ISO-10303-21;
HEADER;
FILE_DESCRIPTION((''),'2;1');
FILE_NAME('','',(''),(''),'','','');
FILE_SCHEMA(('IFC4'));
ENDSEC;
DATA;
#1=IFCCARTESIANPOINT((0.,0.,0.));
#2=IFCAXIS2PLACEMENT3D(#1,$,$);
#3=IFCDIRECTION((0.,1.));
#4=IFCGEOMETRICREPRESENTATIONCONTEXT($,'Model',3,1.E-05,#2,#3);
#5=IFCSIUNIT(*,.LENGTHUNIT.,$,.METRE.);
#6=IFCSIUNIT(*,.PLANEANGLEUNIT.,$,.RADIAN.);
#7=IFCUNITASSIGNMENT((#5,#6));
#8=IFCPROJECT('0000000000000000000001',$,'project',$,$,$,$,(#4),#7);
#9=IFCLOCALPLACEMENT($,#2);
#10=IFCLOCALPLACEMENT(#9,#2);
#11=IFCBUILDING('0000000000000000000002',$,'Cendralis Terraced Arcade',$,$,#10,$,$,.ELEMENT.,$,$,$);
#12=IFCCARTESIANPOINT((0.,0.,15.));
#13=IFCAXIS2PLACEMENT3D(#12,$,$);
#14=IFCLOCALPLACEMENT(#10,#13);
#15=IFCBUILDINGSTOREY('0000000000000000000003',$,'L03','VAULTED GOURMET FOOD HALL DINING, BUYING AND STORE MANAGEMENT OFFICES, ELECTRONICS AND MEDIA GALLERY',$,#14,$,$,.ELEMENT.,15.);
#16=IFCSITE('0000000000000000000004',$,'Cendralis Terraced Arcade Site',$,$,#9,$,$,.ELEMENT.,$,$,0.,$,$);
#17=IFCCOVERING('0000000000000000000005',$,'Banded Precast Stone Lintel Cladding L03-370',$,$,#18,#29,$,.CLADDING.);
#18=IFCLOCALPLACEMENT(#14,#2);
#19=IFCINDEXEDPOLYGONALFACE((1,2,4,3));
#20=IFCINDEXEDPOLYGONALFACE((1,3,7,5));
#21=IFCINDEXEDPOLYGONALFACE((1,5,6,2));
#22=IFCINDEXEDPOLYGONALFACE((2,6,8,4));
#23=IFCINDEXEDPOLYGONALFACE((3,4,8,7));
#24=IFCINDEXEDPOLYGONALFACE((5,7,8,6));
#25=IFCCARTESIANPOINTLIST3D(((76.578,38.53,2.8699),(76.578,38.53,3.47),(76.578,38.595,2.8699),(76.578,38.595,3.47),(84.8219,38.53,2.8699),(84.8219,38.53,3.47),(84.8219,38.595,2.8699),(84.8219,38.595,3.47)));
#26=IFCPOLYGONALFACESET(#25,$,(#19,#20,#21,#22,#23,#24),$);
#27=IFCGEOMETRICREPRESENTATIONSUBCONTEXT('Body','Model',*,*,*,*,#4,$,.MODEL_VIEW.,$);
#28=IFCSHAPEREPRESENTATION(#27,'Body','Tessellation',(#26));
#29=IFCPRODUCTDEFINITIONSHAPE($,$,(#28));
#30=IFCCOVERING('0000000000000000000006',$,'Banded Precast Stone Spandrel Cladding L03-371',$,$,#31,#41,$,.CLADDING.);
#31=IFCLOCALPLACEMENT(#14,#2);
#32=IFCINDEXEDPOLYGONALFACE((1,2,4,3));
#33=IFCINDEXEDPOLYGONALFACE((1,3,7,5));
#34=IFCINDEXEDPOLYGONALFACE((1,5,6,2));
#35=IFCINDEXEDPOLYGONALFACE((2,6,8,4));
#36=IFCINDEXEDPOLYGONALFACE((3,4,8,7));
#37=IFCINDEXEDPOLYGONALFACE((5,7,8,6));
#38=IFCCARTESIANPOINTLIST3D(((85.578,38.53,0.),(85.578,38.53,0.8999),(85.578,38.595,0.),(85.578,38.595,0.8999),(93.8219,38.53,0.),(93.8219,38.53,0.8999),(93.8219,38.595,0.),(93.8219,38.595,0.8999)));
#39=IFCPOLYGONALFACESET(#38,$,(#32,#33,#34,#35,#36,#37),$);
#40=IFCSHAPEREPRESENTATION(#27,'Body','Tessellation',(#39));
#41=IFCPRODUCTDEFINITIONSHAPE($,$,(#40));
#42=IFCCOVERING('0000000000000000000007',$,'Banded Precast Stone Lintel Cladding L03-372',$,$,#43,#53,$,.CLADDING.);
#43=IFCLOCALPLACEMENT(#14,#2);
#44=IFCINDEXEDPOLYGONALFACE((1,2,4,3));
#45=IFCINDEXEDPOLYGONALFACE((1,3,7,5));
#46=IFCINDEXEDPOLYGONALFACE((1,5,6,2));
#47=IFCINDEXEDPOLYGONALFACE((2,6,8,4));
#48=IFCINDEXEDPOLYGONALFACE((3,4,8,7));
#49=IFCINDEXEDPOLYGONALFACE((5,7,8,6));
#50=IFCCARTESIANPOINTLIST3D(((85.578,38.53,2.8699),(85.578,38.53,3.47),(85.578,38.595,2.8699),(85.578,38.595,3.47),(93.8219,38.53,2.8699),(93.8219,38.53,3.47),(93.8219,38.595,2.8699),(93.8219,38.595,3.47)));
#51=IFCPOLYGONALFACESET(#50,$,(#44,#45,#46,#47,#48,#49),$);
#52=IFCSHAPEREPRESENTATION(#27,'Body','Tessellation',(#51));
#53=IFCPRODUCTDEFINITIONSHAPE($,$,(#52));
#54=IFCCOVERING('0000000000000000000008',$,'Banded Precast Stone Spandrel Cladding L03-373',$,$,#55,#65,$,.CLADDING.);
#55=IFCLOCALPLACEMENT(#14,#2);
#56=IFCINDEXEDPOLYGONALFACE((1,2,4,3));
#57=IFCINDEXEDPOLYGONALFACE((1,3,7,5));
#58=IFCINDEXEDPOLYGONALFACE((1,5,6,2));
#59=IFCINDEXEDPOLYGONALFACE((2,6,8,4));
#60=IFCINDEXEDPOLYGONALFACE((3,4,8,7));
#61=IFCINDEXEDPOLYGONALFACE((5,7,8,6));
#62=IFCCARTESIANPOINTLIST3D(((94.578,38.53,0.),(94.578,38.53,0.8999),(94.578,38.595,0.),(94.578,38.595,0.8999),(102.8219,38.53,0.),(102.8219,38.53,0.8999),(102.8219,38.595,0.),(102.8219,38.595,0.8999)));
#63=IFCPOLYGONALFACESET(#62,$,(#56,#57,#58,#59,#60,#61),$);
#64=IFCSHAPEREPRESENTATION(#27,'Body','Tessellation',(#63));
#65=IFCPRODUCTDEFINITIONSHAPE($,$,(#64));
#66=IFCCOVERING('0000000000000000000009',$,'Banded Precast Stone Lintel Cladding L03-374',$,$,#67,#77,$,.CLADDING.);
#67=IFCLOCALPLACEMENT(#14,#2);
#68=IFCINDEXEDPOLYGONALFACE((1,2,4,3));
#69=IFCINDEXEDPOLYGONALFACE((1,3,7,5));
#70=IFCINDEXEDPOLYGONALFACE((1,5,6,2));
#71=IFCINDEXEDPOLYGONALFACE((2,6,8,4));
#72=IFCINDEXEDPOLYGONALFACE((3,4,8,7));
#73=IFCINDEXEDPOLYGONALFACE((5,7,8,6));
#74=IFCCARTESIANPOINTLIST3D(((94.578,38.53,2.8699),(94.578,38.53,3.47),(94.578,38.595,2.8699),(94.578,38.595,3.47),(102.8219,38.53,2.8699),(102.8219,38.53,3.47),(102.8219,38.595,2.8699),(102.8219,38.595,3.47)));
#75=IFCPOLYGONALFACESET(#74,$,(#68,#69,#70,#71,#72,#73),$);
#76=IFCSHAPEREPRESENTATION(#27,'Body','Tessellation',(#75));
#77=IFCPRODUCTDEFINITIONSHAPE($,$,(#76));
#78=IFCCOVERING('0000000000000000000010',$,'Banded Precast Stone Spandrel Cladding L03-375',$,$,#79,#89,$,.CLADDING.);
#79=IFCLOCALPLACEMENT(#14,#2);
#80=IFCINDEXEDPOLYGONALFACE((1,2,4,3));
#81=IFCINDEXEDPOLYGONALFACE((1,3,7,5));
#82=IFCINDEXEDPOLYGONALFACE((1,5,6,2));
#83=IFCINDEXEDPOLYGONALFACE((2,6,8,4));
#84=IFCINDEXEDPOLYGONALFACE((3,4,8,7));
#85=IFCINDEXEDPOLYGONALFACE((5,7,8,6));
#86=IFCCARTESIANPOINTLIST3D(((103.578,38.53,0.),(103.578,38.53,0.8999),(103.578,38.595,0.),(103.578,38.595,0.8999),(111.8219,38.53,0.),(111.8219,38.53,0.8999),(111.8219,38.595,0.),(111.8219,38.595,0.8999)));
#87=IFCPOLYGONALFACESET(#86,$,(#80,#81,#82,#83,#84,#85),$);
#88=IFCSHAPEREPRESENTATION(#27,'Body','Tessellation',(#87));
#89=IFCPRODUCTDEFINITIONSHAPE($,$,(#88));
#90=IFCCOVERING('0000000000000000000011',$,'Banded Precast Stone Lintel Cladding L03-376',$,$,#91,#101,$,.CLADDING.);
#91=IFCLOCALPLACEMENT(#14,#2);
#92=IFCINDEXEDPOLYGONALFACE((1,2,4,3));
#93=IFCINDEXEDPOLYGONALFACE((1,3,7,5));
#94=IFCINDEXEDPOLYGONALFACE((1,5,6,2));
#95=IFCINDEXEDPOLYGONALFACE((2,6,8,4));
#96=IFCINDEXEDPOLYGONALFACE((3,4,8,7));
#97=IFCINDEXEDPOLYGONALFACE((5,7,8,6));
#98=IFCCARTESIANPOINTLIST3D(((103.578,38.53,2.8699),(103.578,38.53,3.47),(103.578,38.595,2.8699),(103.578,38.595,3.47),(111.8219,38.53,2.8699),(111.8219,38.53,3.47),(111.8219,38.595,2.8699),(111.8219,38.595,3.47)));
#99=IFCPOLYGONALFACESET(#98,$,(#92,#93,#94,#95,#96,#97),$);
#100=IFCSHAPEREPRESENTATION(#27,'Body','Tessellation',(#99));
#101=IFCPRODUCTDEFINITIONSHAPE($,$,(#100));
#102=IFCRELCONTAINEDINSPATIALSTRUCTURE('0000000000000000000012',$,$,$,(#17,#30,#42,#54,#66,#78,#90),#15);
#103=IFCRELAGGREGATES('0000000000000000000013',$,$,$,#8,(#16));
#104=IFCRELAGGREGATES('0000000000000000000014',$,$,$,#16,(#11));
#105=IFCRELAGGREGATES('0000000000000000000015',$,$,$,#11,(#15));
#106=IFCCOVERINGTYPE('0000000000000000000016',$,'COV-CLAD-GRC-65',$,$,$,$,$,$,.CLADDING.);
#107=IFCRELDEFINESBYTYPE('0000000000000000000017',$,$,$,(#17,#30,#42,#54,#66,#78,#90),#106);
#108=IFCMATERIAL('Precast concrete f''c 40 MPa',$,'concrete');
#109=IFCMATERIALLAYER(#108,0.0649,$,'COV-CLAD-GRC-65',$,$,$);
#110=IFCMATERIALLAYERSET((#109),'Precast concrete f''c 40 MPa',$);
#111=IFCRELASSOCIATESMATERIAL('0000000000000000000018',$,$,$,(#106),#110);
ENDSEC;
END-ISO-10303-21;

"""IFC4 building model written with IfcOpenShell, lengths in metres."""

from ifc_helpers import new_model, si_unit, direction, frame, origin, origin_2d, place, context, subcontext, project, spatial, rectangle, extrude, material, layer, layer_set, type_object, element, save


model = new_model("IFC4")

# Units and contexts
model_context = context("Model", 3, precision=1e-05, world=origin(), true_north=direction((0.0, 1.0)))
body_context = subcontext(model_context, "Body", "Model", "MODEL_VIEW")
ifc_project = project(units=[si_unit("LENGTHUNIT", "METRE"), si_unit("PLANEANGLEUNIT", "RADIAN")], contexts=[model_context])

# Site, building, storey
site_placement = place(None, origin())
site = spatial("IfcSite", under=ifc_project, at=site_placement, Name="Cendralis Terraced Arcade Site", CompositionType="ELEMENT", RefElevation=0.0)
building_placement = place(site_placement, origin())
building = spatial("IfcBuilding", under=site, at=building_placement, Name="Cendralis Terraced Arcade", CompositionType="ELEMENT")
storey_placement = place(building_placement, frame((0.0, 0.0, 15.0)))
storey = spatial("IfcBuildingStorey", under=building, at=storey_placement, Name="L03", Description="VAULTED GOURMET FOOD HALL DINING, BUYING AND STORE MANAGEMENT OFFICES, ELECTRONICS AND MEDIA GALLERY", CompositionType="ELEMENT", Elevation=15.0)

# Shared definitions
ifc_material_1 = material(Name="Precast concrete f'c 40 MPa", Category="concrete")

# Coverings
ifc_layer_1 = layer(ifc_material_1, 0.0649, Name="COV-CLAD-GRC-65")
ifc_layer_set_1 = layer_set([ifc_layer_1], Name="Precast concrete f'c 40 MPa")
covering_type = type_object("IfcCoveringType", Name="COV-CLAD-GRC-65", PredefinedType="CLADDING", material=ifc_layer_set_1)
covering_1_placement = place(storey_placement, frame((80.7, 38.5625, 2.8699), z_axis=(0.0, 0.0, 1.0), x_axis=(1.0, 0.0, 0.0)))
element("IfcCovering", 1, at=covering_1_placement, inside=storey, type_object=covering_type, Name="Banded Precast Stone Lintel Cladding L03-370", PredefinedType="CLADDING", context=body_context, shape_type="SweptSolid", body=[
    extrude(rectangle(XDim=8.2439, YDim=0.0649, at=origin_2d()), origin(), (0.0, 0.0, 1.0), 0.6001),
])
covering_2_placement = place(storey_placement, frame((89.7, 38.5625, 0.0), z_axis=(0.0, 0.0, 1.0), x_axis=(1.0, 0.0, 0.0)))
element("IfcCovering", 2, at=covering_2_placement, inside=storey, type_object=covering_type, Name="Banded Precast Stone Spandrel Cladding L03-371", PredefinedType="CLADDING", context=body_context, shape_type="SweptSolid", body=[
    extrude(rectangle(XDim=8.2439, YDim=0.0649, at=origin_2d()), origin(), (0.0, 0.0, 1.0), 0.8999),
])
covering_3_placement = place(storey_placement, frame((89.7, 38.5625, 2.8699), z_axis=(0.0, 0.0, 1.0), x_axis=(1.0, 0.0, 0.0)))
element("IfcCovering", 3, at=covering_3_placement, inside=storey, type_object=covering_type, Name="Banded Precast Stone Lintel Cladding L03-372", PredefinedType="CLADDING", context=body_context, shape_type="SweptSolid", body=[
    extrude(rectangle(XDim=8.2439, YDim=0.0649, at=origin_2d()), origin(), (0.0, 0.0, 1.0), 0.6001),
])
covering_4_placement = place(storey_placement, frame((98.7, 38.5625, 0.0), z_axis=(0.0, 0.0, 1.0), x_axis=(1.0, 0.0, 0.0)))
element("IfcCovering", 4, at=covering_4_placement, inside=storey, type_object=covering_type, Name="Banded Precast Stone Spandrel Cladding L03-373", PredefinedType="CLADDING", context=body_context, shape_type="SweptSolid", body=[
    extrude(rectangle(XDim=8.2439, YDim=0.0649, at=origin_2d()), origin(), (0.0, 0.0, 1.0), 0.8999),
])
covering_5_placement = place(storey_placement, frame((98.7, 38.5625, 2.8699), z_axis=(0.0, 0.0, 1.0), x_axis=(1.0, 0.0, 0.0)))
element("IfcCovering", 5, at=covering_5_placement, inside=storey, type_object=covering_type, Name="Banded Precast Stone Lintel Cladding L03-374", PredefinedType="CLADDING", context=body_context, shape_type="SweptSolid", body=[
    extrude(rectangle(XDim=8.2439, YDim=0.0649, at=origin_2d()), origin(), (0.0, 0.0, 1.0), 0.6001),
])
covering_6_placement = place(storey_placement, frame((107.7, 38.5625, 0.0), z_axis=(0.0, 0.0, 1.0), x_axis=(1.0, 0.0, 0.0)))
element("IfcCovering", 6, at=covering_6_placement, inside=storey, type_object=covering_type, Name="Banded Precast Stone Spandrel Cladding L03-375", PredefinedType="CLADDING", context=body_context, shape_type="SweptSolid", body=[
    extrude(rectangle(XDim=8.2439, YDim=0.0649, at=origin_2d()), origin(), (0.0, 0.0, 1.0), 0.8999),
])
covering_7_placement = place(storey_placement, frame((107.7, 38.5625, 2.8699), z_axis=(0.0, 0.0, 1.0), x_axis=(1.0, 0.0, 0.0)))
element("IfcCovering", 7, at=covering_7_placement, inside=storey, type_object=covering_type, Name="Banded Precast Stone Lintel Cladding L03-376", PredefinedType="CLADDING", context=body_context, shape_type="SweptSolid", body=[
    extrude(rectangle(XDim=8.2439, YDim=0.0649, at=origin_2d()), origin(), (0.0, 0.0, 1.0), 0.6001),
])

save(model, "model.ifc")
